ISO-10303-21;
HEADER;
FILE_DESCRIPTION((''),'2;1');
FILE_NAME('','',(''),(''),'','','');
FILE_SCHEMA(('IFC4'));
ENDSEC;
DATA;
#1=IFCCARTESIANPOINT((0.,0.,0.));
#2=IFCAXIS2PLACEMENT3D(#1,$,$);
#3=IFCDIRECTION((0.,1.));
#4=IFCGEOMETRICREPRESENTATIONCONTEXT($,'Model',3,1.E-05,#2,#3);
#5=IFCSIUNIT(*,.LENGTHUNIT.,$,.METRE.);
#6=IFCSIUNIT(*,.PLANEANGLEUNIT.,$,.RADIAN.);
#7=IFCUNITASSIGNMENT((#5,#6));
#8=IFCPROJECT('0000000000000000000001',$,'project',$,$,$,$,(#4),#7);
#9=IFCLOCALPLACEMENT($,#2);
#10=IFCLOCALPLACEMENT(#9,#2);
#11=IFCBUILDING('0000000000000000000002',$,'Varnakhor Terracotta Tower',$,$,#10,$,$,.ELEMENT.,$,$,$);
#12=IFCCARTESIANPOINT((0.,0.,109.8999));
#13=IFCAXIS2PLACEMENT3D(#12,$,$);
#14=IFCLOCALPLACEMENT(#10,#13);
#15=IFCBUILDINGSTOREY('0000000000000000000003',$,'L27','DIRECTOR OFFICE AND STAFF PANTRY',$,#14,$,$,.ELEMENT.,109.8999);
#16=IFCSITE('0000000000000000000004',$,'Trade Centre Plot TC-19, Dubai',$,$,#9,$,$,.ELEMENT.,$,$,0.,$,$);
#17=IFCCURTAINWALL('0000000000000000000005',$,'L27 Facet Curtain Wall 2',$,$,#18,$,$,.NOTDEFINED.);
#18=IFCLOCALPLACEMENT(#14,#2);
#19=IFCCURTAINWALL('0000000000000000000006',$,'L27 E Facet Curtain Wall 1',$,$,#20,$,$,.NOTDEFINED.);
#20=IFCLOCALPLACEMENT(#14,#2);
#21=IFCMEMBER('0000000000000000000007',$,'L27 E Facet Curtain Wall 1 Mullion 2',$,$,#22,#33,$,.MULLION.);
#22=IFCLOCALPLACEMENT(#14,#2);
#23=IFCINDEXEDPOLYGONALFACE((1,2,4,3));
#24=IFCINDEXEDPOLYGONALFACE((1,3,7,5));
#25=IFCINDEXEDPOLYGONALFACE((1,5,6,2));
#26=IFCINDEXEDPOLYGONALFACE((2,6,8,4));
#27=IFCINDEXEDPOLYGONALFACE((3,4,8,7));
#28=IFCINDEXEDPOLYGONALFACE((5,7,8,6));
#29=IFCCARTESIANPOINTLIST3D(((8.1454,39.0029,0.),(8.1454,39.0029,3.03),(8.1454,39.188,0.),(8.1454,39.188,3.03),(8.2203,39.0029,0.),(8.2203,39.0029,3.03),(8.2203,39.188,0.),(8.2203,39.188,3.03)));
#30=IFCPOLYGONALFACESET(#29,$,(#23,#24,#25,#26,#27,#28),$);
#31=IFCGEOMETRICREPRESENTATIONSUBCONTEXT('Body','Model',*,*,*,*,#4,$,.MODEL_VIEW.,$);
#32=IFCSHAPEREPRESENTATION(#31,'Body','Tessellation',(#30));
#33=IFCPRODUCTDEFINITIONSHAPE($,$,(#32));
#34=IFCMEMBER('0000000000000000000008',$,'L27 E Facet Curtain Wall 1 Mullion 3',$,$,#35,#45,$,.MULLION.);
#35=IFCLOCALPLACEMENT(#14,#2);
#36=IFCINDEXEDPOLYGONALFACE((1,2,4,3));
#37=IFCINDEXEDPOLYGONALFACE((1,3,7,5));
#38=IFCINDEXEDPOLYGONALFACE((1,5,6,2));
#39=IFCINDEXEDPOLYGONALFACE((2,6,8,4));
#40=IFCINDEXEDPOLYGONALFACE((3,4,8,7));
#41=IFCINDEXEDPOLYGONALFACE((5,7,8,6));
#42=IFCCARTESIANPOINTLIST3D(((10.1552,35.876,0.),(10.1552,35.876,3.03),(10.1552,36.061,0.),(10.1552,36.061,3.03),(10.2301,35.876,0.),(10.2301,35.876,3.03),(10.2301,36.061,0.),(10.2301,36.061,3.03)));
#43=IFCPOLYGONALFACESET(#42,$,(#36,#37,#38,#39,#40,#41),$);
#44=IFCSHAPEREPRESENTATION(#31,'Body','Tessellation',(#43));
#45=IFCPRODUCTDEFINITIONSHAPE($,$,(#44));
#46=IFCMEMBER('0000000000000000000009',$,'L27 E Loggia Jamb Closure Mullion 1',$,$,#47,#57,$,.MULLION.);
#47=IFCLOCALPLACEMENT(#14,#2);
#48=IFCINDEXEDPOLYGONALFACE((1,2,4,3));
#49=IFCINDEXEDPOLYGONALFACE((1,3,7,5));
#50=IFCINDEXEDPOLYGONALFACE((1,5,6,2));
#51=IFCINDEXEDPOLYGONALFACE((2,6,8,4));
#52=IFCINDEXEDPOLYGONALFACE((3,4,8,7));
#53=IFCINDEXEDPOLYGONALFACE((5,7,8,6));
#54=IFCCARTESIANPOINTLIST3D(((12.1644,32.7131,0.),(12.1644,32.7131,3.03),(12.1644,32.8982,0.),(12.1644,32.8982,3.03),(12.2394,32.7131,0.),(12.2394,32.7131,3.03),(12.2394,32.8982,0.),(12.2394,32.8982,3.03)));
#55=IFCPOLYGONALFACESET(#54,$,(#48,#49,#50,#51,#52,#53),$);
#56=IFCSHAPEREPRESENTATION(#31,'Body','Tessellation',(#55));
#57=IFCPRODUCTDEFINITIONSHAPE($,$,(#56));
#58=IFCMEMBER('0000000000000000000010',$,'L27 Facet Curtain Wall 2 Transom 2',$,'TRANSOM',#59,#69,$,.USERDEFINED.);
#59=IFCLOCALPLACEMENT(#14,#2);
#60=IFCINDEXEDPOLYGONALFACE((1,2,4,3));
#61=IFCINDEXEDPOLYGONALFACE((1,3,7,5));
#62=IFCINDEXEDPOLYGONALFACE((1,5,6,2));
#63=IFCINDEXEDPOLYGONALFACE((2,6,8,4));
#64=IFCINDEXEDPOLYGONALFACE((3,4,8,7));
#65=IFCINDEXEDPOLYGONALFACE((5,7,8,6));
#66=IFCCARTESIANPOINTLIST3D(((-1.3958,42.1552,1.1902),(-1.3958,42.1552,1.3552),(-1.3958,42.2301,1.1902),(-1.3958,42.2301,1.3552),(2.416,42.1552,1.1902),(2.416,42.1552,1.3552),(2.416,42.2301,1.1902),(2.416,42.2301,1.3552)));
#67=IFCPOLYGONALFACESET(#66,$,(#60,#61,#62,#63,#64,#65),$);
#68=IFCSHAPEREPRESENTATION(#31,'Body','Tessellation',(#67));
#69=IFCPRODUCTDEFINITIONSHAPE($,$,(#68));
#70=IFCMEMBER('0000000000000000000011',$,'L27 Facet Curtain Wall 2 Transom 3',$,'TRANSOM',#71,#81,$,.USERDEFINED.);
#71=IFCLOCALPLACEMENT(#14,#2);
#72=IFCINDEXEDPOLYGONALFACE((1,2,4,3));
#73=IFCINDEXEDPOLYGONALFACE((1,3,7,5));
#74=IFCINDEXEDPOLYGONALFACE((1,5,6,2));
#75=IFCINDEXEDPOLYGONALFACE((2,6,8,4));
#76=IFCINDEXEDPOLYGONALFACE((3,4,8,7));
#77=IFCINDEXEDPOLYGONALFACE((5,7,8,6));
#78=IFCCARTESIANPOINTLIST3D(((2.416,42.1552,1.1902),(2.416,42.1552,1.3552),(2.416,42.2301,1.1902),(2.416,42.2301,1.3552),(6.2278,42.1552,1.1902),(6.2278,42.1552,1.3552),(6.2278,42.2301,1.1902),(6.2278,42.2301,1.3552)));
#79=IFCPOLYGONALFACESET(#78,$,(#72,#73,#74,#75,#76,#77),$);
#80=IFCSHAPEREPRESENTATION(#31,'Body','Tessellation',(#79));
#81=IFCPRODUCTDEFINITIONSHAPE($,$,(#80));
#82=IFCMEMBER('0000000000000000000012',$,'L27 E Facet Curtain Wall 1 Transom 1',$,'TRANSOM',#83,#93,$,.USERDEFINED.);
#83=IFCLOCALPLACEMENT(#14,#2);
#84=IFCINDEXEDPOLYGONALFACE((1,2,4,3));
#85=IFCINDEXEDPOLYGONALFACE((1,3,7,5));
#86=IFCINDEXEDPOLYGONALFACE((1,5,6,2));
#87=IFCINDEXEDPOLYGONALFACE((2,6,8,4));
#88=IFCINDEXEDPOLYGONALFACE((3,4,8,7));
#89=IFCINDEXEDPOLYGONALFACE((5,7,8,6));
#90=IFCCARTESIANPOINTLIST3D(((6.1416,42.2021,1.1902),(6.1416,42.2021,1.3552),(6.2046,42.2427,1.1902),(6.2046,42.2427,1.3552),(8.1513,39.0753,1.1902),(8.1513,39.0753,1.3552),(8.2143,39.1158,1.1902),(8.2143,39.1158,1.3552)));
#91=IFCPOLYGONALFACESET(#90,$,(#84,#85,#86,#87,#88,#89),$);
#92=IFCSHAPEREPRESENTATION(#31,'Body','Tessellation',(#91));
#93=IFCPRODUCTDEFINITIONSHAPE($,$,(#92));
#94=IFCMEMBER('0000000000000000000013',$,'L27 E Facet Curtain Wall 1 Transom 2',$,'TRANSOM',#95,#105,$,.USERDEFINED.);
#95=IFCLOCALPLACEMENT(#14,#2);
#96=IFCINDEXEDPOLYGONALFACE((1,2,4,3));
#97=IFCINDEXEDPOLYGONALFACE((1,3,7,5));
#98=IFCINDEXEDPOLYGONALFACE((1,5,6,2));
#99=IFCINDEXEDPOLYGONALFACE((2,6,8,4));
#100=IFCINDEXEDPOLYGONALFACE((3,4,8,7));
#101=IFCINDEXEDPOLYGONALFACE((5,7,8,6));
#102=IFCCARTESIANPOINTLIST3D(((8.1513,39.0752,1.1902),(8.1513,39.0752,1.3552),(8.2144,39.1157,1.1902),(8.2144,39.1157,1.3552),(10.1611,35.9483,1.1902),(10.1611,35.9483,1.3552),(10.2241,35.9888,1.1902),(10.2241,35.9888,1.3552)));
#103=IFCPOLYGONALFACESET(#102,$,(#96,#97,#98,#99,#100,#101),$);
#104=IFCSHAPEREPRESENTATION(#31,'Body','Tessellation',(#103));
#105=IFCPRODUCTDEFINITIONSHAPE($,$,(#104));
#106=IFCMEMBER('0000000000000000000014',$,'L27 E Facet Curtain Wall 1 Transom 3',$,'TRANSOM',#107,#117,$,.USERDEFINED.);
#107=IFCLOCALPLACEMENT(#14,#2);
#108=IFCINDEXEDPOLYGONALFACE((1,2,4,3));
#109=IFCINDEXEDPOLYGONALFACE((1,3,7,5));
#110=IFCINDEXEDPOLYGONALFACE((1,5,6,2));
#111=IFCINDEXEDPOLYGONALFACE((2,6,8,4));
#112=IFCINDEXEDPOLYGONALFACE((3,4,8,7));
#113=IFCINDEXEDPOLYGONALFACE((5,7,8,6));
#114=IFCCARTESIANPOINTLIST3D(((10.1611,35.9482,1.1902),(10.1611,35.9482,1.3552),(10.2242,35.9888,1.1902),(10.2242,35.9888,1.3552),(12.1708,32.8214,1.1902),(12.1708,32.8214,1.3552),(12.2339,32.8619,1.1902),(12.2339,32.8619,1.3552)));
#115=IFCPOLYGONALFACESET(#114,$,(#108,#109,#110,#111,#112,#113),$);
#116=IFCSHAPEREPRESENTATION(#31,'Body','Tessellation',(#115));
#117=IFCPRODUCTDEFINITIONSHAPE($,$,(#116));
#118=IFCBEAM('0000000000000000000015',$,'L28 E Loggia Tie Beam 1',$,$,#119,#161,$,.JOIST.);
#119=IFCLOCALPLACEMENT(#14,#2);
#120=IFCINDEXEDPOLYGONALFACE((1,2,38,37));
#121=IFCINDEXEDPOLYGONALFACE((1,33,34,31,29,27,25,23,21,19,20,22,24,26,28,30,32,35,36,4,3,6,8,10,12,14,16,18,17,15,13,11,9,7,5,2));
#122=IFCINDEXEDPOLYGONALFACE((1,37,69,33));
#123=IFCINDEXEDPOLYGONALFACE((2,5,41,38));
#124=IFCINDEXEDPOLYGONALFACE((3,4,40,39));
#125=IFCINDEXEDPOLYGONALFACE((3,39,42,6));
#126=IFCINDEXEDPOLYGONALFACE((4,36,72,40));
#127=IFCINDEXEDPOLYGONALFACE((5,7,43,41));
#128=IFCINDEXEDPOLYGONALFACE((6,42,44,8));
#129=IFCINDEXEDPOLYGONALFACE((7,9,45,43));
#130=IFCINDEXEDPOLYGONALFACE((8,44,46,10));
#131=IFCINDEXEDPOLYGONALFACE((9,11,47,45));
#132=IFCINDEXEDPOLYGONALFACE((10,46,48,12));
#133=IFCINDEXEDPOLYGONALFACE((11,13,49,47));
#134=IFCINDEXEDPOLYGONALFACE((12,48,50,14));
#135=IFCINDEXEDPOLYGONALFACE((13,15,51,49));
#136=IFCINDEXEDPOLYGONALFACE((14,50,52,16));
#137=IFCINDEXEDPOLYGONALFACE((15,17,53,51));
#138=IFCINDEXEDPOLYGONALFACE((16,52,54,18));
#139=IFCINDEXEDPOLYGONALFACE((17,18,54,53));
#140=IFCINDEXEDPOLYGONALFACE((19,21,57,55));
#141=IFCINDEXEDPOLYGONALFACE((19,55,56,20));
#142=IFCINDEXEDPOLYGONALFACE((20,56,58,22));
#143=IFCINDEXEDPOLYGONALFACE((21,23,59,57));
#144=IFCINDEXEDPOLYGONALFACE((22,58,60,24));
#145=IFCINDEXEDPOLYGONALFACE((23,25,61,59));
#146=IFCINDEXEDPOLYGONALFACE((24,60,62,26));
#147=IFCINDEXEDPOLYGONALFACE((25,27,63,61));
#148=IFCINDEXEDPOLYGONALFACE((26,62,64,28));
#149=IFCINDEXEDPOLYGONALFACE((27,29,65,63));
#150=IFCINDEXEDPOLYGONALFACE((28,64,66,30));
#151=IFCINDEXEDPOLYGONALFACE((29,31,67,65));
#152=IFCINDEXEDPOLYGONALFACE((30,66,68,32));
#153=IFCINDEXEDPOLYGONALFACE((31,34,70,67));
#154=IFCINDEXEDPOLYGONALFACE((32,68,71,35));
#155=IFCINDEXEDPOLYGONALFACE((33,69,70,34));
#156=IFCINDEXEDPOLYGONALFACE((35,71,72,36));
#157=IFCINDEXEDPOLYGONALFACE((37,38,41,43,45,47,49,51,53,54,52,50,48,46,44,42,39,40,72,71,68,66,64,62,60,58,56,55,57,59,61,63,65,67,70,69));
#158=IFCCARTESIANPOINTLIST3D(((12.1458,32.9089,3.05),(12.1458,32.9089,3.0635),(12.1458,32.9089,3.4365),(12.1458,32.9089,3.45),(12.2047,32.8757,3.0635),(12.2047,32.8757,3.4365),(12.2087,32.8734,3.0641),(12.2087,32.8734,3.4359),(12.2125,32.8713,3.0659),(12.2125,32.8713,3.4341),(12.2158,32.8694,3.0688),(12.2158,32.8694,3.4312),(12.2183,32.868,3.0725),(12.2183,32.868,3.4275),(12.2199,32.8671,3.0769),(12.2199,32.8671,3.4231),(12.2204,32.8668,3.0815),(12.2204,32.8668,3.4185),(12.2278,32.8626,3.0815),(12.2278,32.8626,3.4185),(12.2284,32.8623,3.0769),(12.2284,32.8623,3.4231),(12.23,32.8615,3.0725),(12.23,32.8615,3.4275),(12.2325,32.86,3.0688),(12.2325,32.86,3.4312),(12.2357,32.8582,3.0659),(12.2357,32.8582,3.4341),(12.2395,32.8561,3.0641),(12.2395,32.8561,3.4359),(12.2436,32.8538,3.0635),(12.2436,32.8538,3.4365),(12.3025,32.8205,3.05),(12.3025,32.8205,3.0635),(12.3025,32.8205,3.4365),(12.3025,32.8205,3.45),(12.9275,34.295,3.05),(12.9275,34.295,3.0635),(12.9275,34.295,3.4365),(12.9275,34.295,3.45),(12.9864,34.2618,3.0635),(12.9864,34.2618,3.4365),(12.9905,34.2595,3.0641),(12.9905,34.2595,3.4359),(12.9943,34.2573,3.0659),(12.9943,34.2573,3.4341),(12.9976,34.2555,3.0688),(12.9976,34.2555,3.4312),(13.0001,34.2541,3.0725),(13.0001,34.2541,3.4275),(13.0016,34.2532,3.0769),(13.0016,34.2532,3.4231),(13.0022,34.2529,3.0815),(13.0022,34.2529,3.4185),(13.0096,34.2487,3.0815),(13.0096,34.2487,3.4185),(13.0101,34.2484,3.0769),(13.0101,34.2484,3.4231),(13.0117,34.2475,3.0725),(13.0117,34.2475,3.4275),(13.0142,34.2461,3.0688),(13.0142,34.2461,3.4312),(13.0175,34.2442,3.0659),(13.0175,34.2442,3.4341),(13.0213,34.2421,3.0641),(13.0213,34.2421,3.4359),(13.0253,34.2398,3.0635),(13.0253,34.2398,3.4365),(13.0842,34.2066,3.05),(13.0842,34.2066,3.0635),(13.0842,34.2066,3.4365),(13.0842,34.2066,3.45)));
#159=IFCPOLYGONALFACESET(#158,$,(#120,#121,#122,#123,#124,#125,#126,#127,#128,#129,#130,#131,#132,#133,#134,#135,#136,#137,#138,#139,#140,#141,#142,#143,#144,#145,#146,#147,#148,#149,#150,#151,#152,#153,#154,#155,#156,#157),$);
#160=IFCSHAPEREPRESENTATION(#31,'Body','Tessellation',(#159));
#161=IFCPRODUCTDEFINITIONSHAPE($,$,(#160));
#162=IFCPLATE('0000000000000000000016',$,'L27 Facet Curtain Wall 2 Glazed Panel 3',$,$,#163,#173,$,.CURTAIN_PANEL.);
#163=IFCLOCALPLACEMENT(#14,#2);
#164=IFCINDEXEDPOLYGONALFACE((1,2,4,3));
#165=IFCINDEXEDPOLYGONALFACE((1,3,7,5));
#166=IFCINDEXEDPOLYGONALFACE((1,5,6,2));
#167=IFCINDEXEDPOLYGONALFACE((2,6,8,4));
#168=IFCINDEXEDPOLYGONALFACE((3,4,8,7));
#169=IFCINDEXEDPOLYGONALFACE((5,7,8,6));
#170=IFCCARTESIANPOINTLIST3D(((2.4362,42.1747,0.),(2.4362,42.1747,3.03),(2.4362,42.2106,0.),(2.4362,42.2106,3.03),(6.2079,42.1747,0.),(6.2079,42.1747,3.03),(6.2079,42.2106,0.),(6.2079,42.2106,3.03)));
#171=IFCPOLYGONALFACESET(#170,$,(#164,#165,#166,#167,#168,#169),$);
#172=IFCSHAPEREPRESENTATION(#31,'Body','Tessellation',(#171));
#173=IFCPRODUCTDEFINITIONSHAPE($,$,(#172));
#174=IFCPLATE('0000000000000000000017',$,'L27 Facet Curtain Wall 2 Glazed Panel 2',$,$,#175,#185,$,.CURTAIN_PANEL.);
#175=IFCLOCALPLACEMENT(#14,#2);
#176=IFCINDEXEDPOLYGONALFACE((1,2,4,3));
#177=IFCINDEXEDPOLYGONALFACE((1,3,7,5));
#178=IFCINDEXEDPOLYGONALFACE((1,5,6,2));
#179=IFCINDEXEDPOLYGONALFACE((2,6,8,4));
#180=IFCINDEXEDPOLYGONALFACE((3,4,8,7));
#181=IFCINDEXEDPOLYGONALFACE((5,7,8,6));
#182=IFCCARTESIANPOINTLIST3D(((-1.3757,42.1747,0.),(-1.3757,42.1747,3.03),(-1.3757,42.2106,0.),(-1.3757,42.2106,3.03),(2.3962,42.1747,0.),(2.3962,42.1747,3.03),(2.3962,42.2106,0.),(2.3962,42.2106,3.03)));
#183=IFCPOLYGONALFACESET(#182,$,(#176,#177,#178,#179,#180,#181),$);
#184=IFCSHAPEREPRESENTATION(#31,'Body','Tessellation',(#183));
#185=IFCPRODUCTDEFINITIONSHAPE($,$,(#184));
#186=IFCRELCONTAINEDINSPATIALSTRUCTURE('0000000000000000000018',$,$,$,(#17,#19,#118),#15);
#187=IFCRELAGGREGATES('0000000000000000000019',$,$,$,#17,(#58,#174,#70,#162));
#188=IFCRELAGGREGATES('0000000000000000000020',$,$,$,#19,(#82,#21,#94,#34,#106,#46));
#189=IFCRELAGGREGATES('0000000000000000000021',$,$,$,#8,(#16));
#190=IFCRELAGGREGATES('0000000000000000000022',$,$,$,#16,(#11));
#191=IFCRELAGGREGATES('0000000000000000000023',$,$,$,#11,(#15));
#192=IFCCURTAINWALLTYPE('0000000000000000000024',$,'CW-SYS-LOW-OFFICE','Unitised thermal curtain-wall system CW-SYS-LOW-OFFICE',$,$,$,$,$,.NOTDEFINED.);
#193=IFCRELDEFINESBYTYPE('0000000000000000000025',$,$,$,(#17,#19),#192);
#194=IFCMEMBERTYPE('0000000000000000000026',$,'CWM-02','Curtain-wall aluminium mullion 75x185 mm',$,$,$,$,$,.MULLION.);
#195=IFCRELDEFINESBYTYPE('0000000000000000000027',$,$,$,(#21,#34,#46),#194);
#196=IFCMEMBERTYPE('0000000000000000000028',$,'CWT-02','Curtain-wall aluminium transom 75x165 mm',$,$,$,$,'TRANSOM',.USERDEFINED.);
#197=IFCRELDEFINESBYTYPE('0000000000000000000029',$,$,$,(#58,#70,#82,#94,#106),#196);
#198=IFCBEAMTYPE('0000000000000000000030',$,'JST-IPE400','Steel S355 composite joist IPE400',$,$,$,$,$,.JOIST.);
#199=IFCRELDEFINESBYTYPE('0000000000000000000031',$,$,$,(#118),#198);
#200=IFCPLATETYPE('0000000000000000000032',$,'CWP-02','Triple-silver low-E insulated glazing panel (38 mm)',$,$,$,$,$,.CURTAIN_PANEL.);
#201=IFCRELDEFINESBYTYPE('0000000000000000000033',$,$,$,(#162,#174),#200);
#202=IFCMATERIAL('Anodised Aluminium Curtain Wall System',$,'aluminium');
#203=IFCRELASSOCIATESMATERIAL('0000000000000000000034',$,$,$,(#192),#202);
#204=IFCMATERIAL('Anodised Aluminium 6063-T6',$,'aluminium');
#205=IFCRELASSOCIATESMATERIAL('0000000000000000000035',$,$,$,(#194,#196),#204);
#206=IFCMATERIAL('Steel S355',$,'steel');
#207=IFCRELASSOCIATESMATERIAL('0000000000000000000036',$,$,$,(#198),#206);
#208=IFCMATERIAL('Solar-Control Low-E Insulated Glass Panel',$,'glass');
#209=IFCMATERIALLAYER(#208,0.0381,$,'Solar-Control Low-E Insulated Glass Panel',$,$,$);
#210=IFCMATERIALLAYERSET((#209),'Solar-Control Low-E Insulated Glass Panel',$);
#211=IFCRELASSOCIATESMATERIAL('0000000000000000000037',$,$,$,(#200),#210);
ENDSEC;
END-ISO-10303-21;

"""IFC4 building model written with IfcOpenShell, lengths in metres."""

from ifc_helpers import new_model, si_unit, direction, frame, origin, origin_2d, place, context, subcontext, project, spatial, rectangle, i_section, extrude, source, transform, mapped, material, layer, layer_set, material_profile, profile_set, type_object, type_shapes, element, aggregate, save


model = new_model("IFC4")

# Units and contexts
model_context = context("Model", 3, precision=1e-05, world=origin(), true_north=direction((0.0, 1.0)))
body_context = subcontext(model_context, "Body", "Model", "MODEL_VIEW")
ifc_project = project(units=[si_unit("LENGTHUNIT", "METRE"), si_unit("PLANEANGLEUNIT", "RADIAN")], contexts=[model_context])

# Site, building, storey
site_placement = place(None, origin())
site = spatial("IfcSite", under=ifc_project, at=site_placement, Name="Trade Centre Plot TC-19, Dubai", CompositionType="ELEMENT", RefElevation=0.0)
building_placement = place(site_placement, origin())
building = spatial("IfcBuilding", under=site, at=building_placement, Name="Varnakhor Terracotta Tower", CompositionType="ELEMENT")
storey_placement = place(building_placement, frame((0.0, 0.0, 109.8999)))
storey = spatial("IfcBuildingStorey", under=building, at=storey_placement, Name="L27", Description="DIRECTOR OFFICE AND STAFF PANTRY", CompositionType="ELEMENT", Elevation=109.8999)

# Shared definitions
ifc_material_1 = material(Name="Steel S355", Category="steel")

# Curtain walls, members
ifc_material_2 = material(Name="Anodised Aluminium Curtain Wall System", Category="aluminium")
curtain_wall_type = type_object("IfcCurtainWallType", Name="CW-SYS-LOW-OFFICE", Description="Unitised thermal curtain-wall system CW-SYS-LOW-OFFICE", PredefinedType="NOTDEFINED", material=ifc_material_2)
curtain_wall_1_placement = place(storey_placement, origin())
curtain_wall_1 = element("IfcCurtainWall", 1, at=curtain_wall_1_placement, inside=storey, type_object=curtain_wall_type, Name="L27 Facet Curtain Wall 2", PredefinedType="NOTDEFINED")
ifc_material_3 = material(Name="Anodised Aluminium 6063-T6", Category="aluminium")
ifc_material_profile_1 = material_profile(ifc_material_3, rectangle(XDim=0.075, YDim=0.1851, at=origin_2d()), Name="ALU MULLION 75x185")
ifc_profile_set_1 = profile_set([ifc_material_profile_1], Name="Anodised Aluminium 6063-T6")
member_type_1 = type_object("IfcMemberType", Name="CWM-02", Description="Curtain-wall aluminium mullion 75x185 mm", PredefinedType="MULLION", material=ifc_profile_set_1)
shared_shape_1 = source(origin(), body_context, "Body", "SweptSolid", [
    extrude(rectangle(XDim=0.075, YDim=0.1851, at=origin_2d()), origin(), (0.0, 0.0, 1.0), 3.03),
])
type_shapes(member_type_1, [shared_shape_1])
curtain_wall_2_placement = place(storey_placement, origin())
curtain_wall_2 = element("IfcCurtainWall", 2, at=curtain_wall_2_placement, inside=storey, type_object=curtain_wall_type, Name="L27 E Facet Curtain Wall 1", PredefinedType="NOTDEFINED")
member_1_placement = place(storey_placement, frame((8.1829, 39.0955, 0.0), z_axis=(0.0, 0.0, 1.0), x_axis=(1.0, 0.0, 0.0)))
member_1 = element("IfcMember", 3, at=member_1_placement, type_object=member_type_1, Name="L27 E Facet Curtain Wall 1 Mullion 2", PredefinedType="MULLION", context=body_context, shape_type="MappedRepresentation", body=[
    mapped(shared_shape_1, transform((0.0, 0.0, 0.0), scale=1.0)),
])
member_2_placement = place(storey_placement, frame((10.1926, 35.9685, 0.0), z_axis=(0.0, 0.0, 1.0), x_axis=(1.0, 0.0, 0.0)))
member_2 = element("IfcMember", 4, at=member_2_placement, type_object=member_type_1, Name="L27 E Facet Curtain Wall 1 Mullion 3", PredefinedType="MULLION", context=body_context, shape_type="MappedRepresentation", body=[
    mapped(shared_shape_1, transform((0.0, 0.0, 0.0), scale=1.0)),
])
member_3_placement = place(storey_placement, frame((12.2019, 32.8057, 0.0), z_axis=(0.0, 0.0, 1.0), x_axis=(1.0, 0.0, 0.0)))
member_3 = element("IfcMember", 5, at=member_3_placement, type_object=member_type_1, Name="L27 E Loggia Jamb Closure Mullion 1", PredefinedType="MULLION", context=body_context, shape_type="MappedRepresentation", body=[
    mapped(shared_shape_1, transform((0.0, 0.0, 0.0), scale=1.0)),
])

# Members
ifc_material_profile_2 = material_profile(ifc_material_3, rectangle(XDim=0.075, YDim=0.165, at=origin_2d()), Name="ALU TRANSOM 75x165")
ifc_profile_set_2 = profile_set([ifc_material_profile_2], Name="Anodised Aluminium 6063-T6")
member_type_2 = type_object("IfcMemberType", Name="CWT-02", Description="Curtain-wall aluminium transom 75x165 mm", ElementType="TRANSOM", PredefinedType="USERDEFINED", material=ifc_profile_set_2)
shared_shape_2 = source(origin(), body_context, "Body", "SweptSolid", [
    extrude(rectangle(XDim=0.075, YDim=0.165, at=origin_2d()), origin(), (0.0, 0.0, 1.0), 3.8118),
])
member_4_placement = place(storey_placement, frame((-1.3958, 42.1926, 1.2727), z_axis=(1.0, 0.0, 0.0), x_axis=(0.0, 1.0, 0.0)))
member_4 = element("IfcMember", 6, at=member_4_placement, type_object=member_type_2, Name="L27 Facet Curtain Wall 2 Transom 2", ObjectType="TRANSOM", PredefinedType="USERDEFINED", context=body_context, shape_type="MappedRepresentation", body=[
    mapped(shared_shape_2, transform((0.0, 0.0, 0.0), scale=1.0)),
])
member_5_placement = place(storey_placement, frame((2.416, 42.1926, 1.2727), z_axis=(1.0, 0.0, 0.0), x_axis=(0.0, 1.0, 0.0)))
member_5 = element("IfcMember", 7, at=member_5_placement, type_object=member_type_2, Name="L27 Facet Curtain Wall 2 Transom 3", ObjectType="TRANSOM", PredefinedType="USERDEFINED", context=body_context, shape_type="MappedRepresentation", body=[
    mapped(shared_shape_2, transform((0.0, 0.0, 0.0), scale=1.0)),
])
shared_shape_3 = source(origin(), body_context, "Body", "SweptSolid", [
    extrude(rectangle(XDim=0.075, YDim=0.165, at=origin_2d()), origin(), (0.0, 0.0, 1.0), 3.717),
])
member_6_placement = place(storey_placement, frame((6.1731, 42.2224, 1.2727), z_axis=(0.540678, -0.84123, 0.0), x_axis=(0.84123, 0.540678, 0.0)))
member_6 = element("IfcMember", 8, at=member_6_placement, type_object=member_type_2, Name="L27 E Facet Curtain Wall 1 Transom 1", ObjectType="TRANSOM", PredefinedType="USERDEFINED", context=body_context, shape_type="MappedRepresentation", body=[
    mapped(shared_shape_3, transform((0.0, 0.0, 0.0), scale=1.0)),
])
member_7_placement = place(storey_placement, frame((8.1829, 39.0955, 1.2727), z_axis=(0.540678, -0.84123, 0.0), x_axis=(0.84123, 0.540678, 0.0)))
member_7 = element("IfcMember", 9, at=member_7_placement, type_object=member_type_2, Name="L27 E Facet Curtain Wall 1 Transom 2", ObjectType="TRANSOM", PredefinedType="USERDEFINED", context=body_context, shape_type="MappedRepresentation", body=[
    mapped(shared_shape_3, transform((0.0, 0.0, 0.0), scale=1.0)),
])
member_8_placement = place(storey_placement, frame((10.1926, 35.9685, 1.2727), z_axis=(0.540678, -0.84123, 0.0), x_axis=(0.84123, 0.540678, 0.0)))
member_8 = element("IfcMember", 10, at=member_8_placement, type_object=member_type_2, Name="L27 E Facet Curtain Wall 1 Transom 3", ObjectType="TRANSOM", PredefinedType="USERDEFINED", context=body_context, shape_type="MappedRepresentation", body=[
    mapped(shared_shape_3, transform((0.0, 0.0, 0.0), scale=1.0)),
])

# Beam
ifc_material_profile_3 = material_profile(ifc_material_1, i_section(OverallWidth=0.1799, OverallDepth=0.3999, WebThickness=0.0085, FlangeThickness=0.0134, FilletRadius=0.0181, at=origin_2d()), Name="IPE400")
ifc_profile_set_3 = profile_set([ifc_material_profile_3], Name="Steel S355")
beam_type_1 = type_object("IfcBeamType", Name="JST-IPE400", Description="Steel S355 composite joist IPE400", PredefinedType="JOIST", material=ifc_profile_set_3)
shared_shape_4 = source(origin(), body_context, "Body", "SweptSolid", [
    extrude(i_section(OverallWidth=0.1799, OverallDepth=0.3999, WebThickness=0.0085, FlangeThickness=0.0134, FilletRadius=0.0181, at=origin_2d()), origin(), (0.0, 0.0, 1.0), 1.5913),
])
beam_1_placement = place(storey_placement, frame((12.2241, 32.8647, 3.25), z_axis=(0.491273, 0.871005, 0.0), x_axis=(-0.871005, 0.491273, 0.0)))
element("IfcBeam", 11, at=beam_1_placement, inside=storey, type_object=beam_type_1, Name="L28 E Loggia Tie Beam 1", PredefinedType="JOIST", context=body_context, shape_type="MappedRepresentation", body=[
    mapped(shared_shape_4, transform((0.0, 0.0, 0.0), scale=1.0)),
])

# Plates
ifc_material_4 = material(Name="Solar-Control Low-E Insulated Glass Panel", Category="glass")
ifc_layer_1 = layer(ifc_material_4, 0.0381, Name="Solar-Control Low-E Insulated Glass Panel")
ifc_layer_set_1 = layer_set([ifc_layer_1], Name="Solar-Control Low-E Insulated Glass Panel")
plate_type = type_object("IfcPlateType", Name="CWP-02", Description="Triple-silver low-E insulated glazing panel (38 mm)", PredefinedType="CURTAIN_PANEL", material=ifc_layer_set_1)
shared_shape_5 = source(origin(), body_context, "Body", "SweptSolid", [
    extrude(rectangle(XDim=3.7717, YDim=0.0359, at=origin_2d()), origin(), (0.0, 0.0, 1.0), 3.03),
])
plate_1_placement = place(storey_placement, frame((4.322, 42.1926, 0.0), z_axis=(0.0, 0.0, 1.0), x_axis=(1.0, 0.0, 0.0)))
plate_1 = element("IfcPlate", 12, at=plate_1_placement, type_object=plate_type, Name="L27 Facet Curtain Wall 2 Glazed Panel 3", PredefinedType="CURTAIN_PANEL", context=body_context, shape_type="MappedRepresentation", body=[
    mapped(shared_shape_5, transform((0.0, 0.0, 0.0), scale=1.0)),
])
shared_shape_6 = source(origin(), body_context, "Body", "SweptSolid", [
    extrude(rectangle(XDim=3.772, YDim=0.0359, at=origin_2d()), origin(), (0.0, 0.0, 1.0), 3.03),
])
plate_2_placement = place(storey_placement, frame((0.5103, 42.1926, 0.0), z_axis=(0.0, 0.0, 1.0), x_axis=(1.0, 0.0, 0.0)))
plate_2 = element("IfcPlate", 13, at=plate_2_placement, type_object=plate_type, Name="L27 Facet Curtain Wall 2 Glazed Panel 2", PredefinedType="CURTAIN_PANEL", context=body_context, shape_type="MappedRepresentation", body=[
    mapped(shared_shape_6, transform((0.0, 0.0, 0.0), scale=1.0)),
])
aggregate(curtain_wall_1, [member_4, plate_2, member_5, plate_1])
aggregate(curtain_wall_2, [member_6, member_1, member_7, member_2, member_8, member_3])

save(model, "model.ifc")
